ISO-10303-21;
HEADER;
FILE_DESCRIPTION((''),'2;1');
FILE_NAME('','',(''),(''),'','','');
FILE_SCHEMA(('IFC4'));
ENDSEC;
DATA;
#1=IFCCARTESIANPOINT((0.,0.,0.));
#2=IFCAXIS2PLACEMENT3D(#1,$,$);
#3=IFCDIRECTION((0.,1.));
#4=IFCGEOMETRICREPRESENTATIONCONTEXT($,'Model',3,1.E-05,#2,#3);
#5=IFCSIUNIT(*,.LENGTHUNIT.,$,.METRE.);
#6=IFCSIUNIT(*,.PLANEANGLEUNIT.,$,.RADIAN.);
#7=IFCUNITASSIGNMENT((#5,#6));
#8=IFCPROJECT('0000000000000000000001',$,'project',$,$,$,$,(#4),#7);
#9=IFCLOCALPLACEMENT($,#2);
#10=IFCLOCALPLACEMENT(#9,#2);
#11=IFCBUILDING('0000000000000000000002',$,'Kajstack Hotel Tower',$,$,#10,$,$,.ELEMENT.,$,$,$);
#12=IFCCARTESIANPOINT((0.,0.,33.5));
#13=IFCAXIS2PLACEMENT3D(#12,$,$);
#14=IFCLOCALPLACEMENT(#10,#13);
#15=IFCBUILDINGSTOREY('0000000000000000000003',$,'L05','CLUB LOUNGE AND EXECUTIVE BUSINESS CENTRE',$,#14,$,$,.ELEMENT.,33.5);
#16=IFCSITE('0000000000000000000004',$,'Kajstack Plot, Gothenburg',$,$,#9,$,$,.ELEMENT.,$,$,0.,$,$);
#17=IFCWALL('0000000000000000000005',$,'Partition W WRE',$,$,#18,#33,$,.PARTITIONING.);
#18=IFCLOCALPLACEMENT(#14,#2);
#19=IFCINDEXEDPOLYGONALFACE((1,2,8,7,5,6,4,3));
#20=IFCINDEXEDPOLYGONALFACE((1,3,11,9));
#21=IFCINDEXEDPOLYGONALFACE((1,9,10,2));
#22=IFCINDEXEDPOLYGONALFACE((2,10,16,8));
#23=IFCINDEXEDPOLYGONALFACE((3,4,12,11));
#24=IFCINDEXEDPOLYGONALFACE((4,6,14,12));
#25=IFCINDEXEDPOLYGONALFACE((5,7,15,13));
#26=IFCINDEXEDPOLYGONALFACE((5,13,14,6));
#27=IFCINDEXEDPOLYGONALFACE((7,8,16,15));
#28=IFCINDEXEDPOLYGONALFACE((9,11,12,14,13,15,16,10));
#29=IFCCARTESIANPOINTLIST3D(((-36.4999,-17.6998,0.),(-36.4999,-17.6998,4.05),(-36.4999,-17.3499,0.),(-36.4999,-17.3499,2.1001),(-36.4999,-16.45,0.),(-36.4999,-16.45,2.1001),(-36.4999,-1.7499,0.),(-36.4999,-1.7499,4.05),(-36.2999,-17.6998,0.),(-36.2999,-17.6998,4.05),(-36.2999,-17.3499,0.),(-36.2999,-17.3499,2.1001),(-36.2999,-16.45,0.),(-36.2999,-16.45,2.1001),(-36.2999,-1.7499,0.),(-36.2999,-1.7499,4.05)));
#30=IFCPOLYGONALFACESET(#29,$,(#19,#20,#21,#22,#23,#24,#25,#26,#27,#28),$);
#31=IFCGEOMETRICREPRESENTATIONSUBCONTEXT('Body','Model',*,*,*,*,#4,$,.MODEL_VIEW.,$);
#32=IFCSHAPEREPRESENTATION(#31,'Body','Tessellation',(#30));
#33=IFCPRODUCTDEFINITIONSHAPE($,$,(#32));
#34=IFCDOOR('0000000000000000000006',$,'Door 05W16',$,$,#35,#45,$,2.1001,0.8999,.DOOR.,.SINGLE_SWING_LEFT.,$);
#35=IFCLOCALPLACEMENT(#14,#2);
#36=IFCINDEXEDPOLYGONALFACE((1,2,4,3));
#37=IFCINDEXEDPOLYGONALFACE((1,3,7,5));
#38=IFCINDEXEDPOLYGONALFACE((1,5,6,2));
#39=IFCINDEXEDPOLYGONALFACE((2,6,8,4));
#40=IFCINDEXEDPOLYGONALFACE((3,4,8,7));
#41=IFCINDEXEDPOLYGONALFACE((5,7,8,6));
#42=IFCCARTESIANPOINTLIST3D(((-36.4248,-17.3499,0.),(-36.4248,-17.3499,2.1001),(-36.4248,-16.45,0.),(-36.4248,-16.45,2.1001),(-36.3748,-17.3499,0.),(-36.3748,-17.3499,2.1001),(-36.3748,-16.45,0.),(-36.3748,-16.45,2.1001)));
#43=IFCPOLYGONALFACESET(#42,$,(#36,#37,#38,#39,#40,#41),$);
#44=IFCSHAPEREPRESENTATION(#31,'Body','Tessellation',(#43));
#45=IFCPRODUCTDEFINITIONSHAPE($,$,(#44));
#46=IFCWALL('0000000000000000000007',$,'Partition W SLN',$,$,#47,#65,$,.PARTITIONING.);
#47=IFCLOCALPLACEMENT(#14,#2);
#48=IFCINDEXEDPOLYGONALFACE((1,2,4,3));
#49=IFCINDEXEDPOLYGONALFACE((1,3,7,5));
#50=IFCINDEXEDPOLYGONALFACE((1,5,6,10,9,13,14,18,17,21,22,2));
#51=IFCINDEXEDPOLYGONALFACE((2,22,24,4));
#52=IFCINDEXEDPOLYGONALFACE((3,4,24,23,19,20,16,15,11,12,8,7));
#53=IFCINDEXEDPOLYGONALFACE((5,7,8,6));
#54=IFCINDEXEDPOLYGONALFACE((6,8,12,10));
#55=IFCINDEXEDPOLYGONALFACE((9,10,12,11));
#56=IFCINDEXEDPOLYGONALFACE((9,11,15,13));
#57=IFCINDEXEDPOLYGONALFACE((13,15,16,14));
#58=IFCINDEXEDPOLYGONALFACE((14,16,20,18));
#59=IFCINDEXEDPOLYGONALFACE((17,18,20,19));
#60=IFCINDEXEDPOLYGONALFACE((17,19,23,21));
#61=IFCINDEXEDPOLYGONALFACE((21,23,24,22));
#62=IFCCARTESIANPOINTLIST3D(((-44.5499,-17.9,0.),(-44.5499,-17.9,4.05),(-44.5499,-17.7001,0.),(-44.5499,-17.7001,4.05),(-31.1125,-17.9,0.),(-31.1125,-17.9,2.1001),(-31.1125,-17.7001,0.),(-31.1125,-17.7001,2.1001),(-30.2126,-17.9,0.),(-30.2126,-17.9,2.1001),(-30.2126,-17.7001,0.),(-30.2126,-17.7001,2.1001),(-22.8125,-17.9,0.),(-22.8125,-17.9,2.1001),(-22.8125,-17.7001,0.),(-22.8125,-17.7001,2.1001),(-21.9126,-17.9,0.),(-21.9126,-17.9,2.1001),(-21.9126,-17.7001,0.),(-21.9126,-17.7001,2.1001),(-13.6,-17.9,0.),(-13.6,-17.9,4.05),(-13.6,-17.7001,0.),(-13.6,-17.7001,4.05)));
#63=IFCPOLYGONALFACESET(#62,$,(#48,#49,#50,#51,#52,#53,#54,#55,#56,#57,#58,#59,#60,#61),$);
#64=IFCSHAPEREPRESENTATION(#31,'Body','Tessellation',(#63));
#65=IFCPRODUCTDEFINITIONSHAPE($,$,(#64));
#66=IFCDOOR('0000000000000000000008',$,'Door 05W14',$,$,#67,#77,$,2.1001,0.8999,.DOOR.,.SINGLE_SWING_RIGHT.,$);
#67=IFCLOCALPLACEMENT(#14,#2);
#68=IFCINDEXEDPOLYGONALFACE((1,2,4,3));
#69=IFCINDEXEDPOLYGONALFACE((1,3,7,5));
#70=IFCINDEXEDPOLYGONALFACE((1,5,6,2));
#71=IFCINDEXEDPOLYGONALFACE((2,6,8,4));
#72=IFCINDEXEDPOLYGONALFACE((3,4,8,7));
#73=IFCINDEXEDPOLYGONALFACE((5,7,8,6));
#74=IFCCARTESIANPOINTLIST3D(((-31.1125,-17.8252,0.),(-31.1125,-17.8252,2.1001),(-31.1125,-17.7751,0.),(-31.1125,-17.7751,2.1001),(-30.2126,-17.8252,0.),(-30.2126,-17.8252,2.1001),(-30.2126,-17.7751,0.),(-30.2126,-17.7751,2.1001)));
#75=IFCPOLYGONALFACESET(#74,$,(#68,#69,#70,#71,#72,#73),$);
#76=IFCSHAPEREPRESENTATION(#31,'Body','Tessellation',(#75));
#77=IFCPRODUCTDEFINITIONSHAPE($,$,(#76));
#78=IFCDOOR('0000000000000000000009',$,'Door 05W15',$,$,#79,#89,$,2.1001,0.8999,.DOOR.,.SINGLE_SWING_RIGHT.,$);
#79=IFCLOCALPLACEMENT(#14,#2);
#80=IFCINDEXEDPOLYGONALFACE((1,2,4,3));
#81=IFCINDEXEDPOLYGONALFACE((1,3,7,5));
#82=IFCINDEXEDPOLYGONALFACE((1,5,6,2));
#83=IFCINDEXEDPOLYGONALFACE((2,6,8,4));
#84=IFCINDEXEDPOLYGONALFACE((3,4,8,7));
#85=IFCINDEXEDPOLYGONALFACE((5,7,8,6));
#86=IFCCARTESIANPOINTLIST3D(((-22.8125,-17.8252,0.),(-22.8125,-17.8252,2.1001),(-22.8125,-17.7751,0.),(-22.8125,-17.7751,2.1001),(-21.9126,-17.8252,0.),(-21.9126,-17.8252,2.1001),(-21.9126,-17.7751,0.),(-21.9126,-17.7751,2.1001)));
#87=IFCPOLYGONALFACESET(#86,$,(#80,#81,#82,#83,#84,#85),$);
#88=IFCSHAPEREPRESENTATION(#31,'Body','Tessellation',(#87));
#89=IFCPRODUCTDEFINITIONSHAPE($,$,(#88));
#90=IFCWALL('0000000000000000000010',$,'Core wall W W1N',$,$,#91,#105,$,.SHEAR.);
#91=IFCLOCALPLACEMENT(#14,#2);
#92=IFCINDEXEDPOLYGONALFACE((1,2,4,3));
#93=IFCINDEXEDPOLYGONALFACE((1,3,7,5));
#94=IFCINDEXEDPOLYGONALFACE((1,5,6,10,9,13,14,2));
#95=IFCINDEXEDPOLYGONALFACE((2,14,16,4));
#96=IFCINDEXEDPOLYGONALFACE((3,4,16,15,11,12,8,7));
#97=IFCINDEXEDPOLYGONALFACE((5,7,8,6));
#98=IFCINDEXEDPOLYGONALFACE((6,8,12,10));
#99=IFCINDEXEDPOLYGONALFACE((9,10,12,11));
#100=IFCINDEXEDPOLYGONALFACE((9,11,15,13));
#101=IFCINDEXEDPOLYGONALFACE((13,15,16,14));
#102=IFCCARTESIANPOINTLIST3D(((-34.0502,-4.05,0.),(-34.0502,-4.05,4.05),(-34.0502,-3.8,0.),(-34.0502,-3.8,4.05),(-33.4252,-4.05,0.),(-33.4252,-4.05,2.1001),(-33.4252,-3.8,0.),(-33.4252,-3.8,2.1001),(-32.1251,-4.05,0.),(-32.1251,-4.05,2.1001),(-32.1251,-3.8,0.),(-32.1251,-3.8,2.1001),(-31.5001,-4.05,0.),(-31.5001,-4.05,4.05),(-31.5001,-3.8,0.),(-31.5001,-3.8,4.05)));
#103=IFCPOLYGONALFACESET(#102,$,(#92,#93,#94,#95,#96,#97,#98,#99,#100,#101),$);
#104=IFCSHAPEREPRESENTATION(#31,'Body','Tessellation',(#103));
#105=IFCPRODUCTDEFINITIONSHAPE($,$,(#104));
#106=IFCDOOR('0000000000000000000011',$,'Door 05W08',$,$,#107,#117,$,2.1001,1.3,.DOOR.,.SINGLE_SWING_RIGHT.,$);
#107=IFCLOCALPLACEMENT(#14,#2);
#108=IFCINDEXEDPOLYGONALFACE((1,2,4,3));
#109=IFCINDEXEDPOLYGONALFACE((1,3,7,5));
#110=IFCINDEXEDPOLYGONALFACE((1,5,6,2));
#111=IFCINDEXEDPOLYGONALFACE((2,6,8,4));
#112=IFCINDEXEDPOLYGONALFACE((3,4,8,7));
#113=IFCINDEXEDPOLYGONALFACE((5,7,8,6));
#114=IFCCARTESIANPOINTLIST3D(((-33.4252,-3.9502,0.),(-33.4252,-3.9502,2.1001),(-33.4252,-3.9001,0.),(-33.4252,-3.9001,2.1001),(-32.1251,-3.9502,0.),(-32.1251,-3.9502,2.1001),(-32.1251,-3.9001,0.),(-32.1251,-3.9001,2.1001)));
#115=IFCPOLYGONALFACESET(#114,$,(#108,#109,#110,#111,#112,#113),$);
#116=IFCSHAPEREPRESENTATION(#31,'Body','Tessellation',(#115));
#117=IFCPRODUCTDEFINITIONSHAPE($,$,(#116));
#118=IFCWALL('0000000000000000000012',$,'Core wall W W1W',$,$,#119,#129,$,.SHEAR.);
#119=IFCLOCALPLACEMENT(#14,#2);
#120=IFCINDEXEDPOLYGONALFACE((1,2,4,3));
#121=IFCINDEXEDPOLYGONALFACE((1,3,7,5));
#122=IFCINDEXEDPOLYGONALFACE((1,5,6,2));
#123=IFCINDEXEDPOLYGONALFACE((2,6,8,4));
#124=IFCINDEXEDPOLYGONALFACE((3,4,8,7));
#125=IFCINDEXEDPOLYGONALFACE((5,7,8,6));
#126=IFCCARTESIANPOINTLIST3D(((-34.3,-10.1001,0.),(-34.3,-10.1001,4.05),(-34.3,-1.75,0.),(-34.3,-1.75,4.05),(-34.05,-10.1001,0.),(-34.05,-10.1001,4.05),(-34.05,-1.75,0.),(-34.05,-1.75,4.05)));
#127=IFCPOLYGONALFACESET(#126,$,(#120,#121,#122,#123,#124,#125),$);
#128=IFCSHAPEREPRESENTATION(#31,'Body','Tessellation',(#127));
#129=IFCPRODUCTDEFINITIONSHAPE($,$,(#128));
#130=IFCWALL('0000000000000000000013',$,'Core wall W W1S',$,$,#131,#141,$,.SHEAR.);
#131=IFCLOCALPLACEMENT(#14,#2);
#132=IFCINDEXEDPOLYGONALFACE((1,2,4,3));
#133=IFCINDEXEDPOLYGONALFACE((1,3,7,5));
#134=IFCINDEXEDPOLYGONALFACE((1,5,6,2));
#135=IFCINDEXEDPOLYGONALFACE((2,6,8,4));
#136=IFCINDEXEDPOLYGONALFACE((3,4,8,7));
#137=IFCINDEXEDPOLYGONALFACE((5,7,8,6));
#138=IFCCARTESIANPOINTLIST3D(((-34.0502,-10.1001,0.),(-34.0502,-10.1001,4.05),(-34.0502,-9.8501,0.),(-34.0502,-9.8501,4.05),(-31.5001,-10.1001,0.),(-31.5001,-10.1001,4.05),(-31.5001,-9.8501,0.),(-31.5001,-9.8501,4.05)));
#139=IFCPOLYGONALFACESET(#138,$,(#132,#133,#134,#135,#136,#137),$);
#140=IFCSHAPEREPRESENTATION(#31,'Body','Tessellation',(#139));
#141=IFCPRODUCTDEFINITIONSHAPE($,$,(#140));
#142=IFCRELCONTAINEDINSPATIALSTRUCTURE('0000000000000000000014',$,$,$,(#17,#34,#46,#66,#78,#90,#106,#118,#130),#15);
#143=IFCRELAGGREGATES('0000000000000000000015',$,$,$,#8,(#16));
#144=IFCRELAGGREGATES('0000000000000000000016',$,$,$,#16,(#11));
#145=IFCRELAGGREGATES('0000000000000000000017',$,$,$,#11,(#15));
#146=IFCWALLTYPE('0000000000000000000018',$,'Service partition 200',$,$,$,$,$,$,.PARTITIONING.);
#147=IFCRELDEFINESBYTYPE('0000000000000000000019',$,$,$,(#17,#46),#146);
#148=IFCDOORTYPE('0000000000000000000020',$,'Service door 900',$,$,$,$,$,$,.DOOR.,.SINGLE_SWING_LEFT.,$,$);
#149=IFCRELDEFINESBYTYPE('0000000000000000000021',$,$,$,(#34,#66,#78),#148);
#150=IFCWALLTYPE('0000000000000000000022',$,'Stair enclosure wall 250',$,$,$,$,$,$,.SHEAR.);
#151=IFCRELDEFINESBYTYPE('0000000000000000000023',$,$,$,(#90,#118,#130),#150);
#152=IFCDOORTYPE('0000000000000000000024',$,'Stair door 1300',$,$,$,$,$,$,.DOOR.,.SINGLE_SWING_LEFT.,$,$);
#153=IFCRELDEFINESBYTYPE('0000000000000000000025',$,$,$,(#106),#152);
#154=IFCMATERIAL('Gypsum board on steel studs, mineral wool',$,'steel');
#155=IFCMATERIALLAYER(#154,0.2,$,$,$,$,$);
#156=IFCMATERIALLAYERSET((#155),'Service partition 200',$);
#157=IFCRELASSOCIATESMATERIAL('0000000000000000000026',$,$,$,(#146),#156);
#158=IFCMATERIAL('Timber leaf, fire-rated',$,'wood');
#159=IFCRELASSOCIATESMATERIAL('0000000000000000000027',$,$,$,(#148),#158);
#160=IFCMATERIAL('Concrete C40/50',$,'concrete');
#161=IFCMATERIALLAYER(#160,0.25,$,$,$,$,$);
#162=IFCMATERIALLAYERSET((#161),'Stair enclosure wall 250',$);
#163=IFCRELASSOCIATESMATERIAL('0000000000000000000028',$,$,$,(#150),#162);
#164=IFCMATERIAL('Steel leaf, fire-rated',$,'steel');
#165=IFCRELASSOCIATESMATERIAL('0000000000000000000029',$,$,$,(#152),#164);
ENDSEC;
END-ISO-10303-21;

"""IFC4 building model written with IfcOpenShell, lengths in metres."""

from ifc_helpers import new_model, si_unit, direction, frame, frame_2d, origin, place, context, subcontext, project, spatial, rectangle, extrude, material, layer, layer_set, type_object, element, fill, save


model = new_model("IFC4")

# Units and contexts
model_context = context("Model", 3, precision=1e-05, world=origin(), true_north=direction((0.0, 1.0)))
body_context = subcontext(model_context, "Body", "Model", "MODEL_VIEW")
ifc_project = project(units=[si_unit("LENGTHUNIT", "METRE"), si_unit("PLANEANGLEUNIT", "RADIAN")], contexts=[model_context])

# Site, building, storey
site_placement = place(None, origin())
site = spatial("IfcSite", under=ifc_project, at=site_placement, Name="Kajstack Plot, Gothenburg", CompositionType="ELEMENT", RefElevation=0.0)
building_placement = place(site_placement, origin())
building = spatial("IfcBuilding", under=site, at=building_placement, Name="Kajstack Hotel Tower", CompositionType="ELEMENT")
storey_placement = place(building_placement, frame((0.0, 0.0, 33.5)))
storey = spatial("IfcBuildingStorey", under=building, at=storey_placement, Name="L05", Description="CLUB LOUNGE AND EXECUTIVE BUSINESS CENTRE", CompositionType="ELEMENT", Elevation=33.5)

# Shared definitions
ifc_material_1 = material(Name="Concrete C40/50", Category="concrete")
ifc_material_2 = material(Name="Gypsum board on steel studs, mineral wool", Category="steel")

# Shared definitions
ifc_layer_1 = layer(ifc_material_2, 0.2)
ifc_layer_set_1 = layer_set([ifc_layer_1], Name="Service partition 200")
wall_type_1 = type_object("IfcWallType", Name="Service partition 200", PredefinedType="PARTITIONING", material=ifc_layer_set_1)
ifc_material_3 = material(Name="Steel leaf, fire-rated", Category="steel")
ifc_material_4 = material(Name="Timber leaf, fire-rated", Category="wood")

# Wall, opening, door
wall_1_placement = place(storey_placement, frame((-36.3999, -17.7, 0.0), z_axis=(0.0, 0.0, 1.0), x_axis=(0.0, 1.0, 0.0)))
wall_1 = element("IfcWall", 1, at=wall_1_placement, inside=storey, type_object=wall_type_1, Name="Partition W WRE", PredefinedType="PARTITIONING", context=body_context, shape_type="SweptSolid", body=[
    extrude(rectangle(XDim=15.95, YDim=0.2, at=frame_2d((7.9751, 0.0))), origin(), (0.0, 0.0, 1.0), 4.05),
])
opening_1_placement = place(wall_1_placement, frame((0.3501, 0.0, 0.0)))
opening_1 = element("IfcOpeningElement", 2, at=opening_1_placement, cuts=wall_1, PredefinedType="OPENING", context=body_context, shape_type="SweptSolid", body=[
    extrude(rectangle(XDim=0.8999, YDim=2.1001, at=frame_2d((0.45, 1.05))), frame((0.0, 0.1099, 0.0), z_axis=(0.0, -1.0, 0.0), x_axis=(1.0, 0.0, 0.0)), (0.0, 0.0, 1.0), 0.22),
])
door_type_1 = type_object("IfcDoorType", Name="Service door 900", OperationType="SINGLE_SWING_LEFT", PredefinedType="DOOR", material=ifc_material_4)
door_1_placement = place(opening_1_placement, origin())
door_1 = element("IfcDoor", 3, at=door_1_placement, inside=storey, type_object=door_type_1, Name="Door 05W16", OperationType="SINGLE_SWING_LEFT", OverallHeight=2.1001, OverallWidth=0.8999, PredefinedType="DOOR", context=body_context, shape_type="SweptSolid", body=[
    extrude(rectangle(XDim=0.8999, YDim=2.1001, at=frame_2d((0.45, 1.05))), frame((0.0, 0.0249, 0.0), z_axis=(0.0, -1.0, 0.0), x_axis=(1.0, 0.0, 0.0)), (0.0, 0.0, 1.0), 0.05),
])
fill(opening_1, door_1)

# Wall, openings, doors
wall_2_placement = place(storey_placement, frame((-44.55, -17.8, 0.0), z_axis=(0.0, 0.0, 1.0), x_axis=(1.0, 0.0, 0.0)))
wall_2 = element("IfcWall", 4, at=wall_2_placement, inside=storey, type_object=wall_type_1, Name="Partition W SLN", PredefinedType="PARTITIONING", context=body_context, shape_type="SweptSolid", body=[
    extrude(rectangle(XDim=30.95, YDim=0.2, at=frame_2d((15.4751, 0.0))), origin(), (0.0, 0.0, 1.0), 4.05),
])
opening_2_placement = place(wall_2_placement, frame((13.4375, 0.0, 0.0)))
opening_2 = element("IfcOpeningElement", 5, at=opening_2_placement, cuts=wall_2, PredefinedType="OPENING", context=body_context, shape_type="SweptSolid", body=[
    extrude(rectangle(XDim=0.8999, YDim=2.1001, at=frame_2d((0.45, 1.05))), frame((0.0, 0.1099, 0.0), z_axis=(0.0, -1.0, 0.0), x_axis=(1.0, 0.0, 0.0)), (0.0, 0.0, 1.0), 0.22),
])
opening_3_placement = place(wall_2_placement, frame((21.7375, 0.0, 0.0)))
opening_3 = element("IfcOpeningElement", 6, at=opening_3_placement, cuts=wall_2, PredefinedType="OPENING", context=body_context, shape_type="SweptSolid", body=[
    extrude(rectangle(XDim=0.8999, YDim=2.1001, at=frame_2d((0.45, 1.05))), frame((0.0, 0.1099, 0.0), z_axis=(0.0, -1.0, 0.0), x_axis=(1.0, 0.0, 0.0)), (0.0, 0.0, 1.0), 0.22),
])
door_2_placement = place(opening_2_placement, origin())
door_2 = element("IfcDoor", 7, at=door_2_placement, inside=storey, type_object=door_type_1, Name="Door 05W14", OperationType="SINGLE_SWING_RIGHT", OverallHeight=2.1001, OverallWidth=0.8999, PredefinedType="DOOR", context=body_context, shape_type="SweptSolid", body=[
    extrude(rectangle(XDim=0.8999, YDim=2.1001, at=frame_2d((0.45, 1.05))), frame((0.0, 0.0249, 0.0), z_axis=(0.0, -1.0, 0.0), x_axis=(1.0, 0.0, 0.0)), (0.0, 0.0, 1.0), 0.05),
])
fill(opening_2, door_2)
door_3_placement = place(opening_3_placement, origin())
door_3 = element("IfcDoor", 8, at=door_3_placement, inside=storey, type_object=door_type_1, Name="Door 05W15", OperationType="SINGLE_SWING_RIGHT", OverallHeight=2.1001, OverallWidth=0.8999, PredefinedType="DOOR", context=body_context, shape_type="SweptSolid", body=[
    extrude(rectangle(XDim=0.8999, YDim=2.1001, at=frame_2d((0.45, 1.05))), frame((0.0, 0.0249, 0.0), z_axis=(0.0, -1.0, 0.0), x_axis=(1.0, 0.0, 0.0)), (0.0, 0.0, 1.0), 0.05),
])
fill(opening_3, door_3)

# Wall, opening, door
ifc_layer_2 = layer(ifc_material_1, 0.25)
ifc_layer_set_2 = layer_set([ifc_layer_2], Name="Stair enclosure wall 250")
wall_type_2 = type_object("IfcWallType", Name="Stair enclosure wall 250", PredefinedType="SHEAR", material=ifc_layer_set_2)
wall_3_placement = place(storey_placement, frame((-34.05, -3.925, 0.0), z_axis=(0.0, 0.0, 1.0), x_axis=(1.0, 0.0, 0.0)))
wall_3 = element("IfcWall", 9, at=wall_3_placement, inside=storey, type_object=wall_type_2, Name="Core wall W W1N", PredefinedType="SHEAR", context=body_context, shape_type="SweptSolid", body=[
    extrude(rectangle(XDim=2.55, YDim=0.25, at=frame_2d((1.2749, 0.0))), origin(), (0.0, 0.0, 1.0), 4.05),
])
opening_4_placement = place(wall_3_placement, frame((0.625, 0.0, 0.0)))
opening_4 = element("IfcOpeningElement", 10, at=opening_4_placement, cuts=wall_3, PredefinedType="OPENING", context=body_context, shape_type="SweptSolid", body=[
    extrude(rectangle(XDim=1.3, YDim=2.1001, at=frame_2d((0.6499, 1.05))), frame((0.0, 0.135, 0.0), z_axis=(0.0, -1.0, 0.0), x_axis=(1.0, 0.0, 0.0)), (0.0, 0.0, 1.0), 0.27),
])
door_type_2 = type_object("IfcDoorType", Name="Stair door 1300", OperationType="SINGLE_SWING_LEFT", PredefinedType="DOOR", material=ifc_material_3)
door_4_placement = place(opening_4_placement, origin())
door_4 = element("IfcDoor", 11, at=door_4_placement, inside=storey, type_object=door_type_2, Name="Door 05W08", OperationType="SINGLE_SWING_RIGHT", OverallHeight=2.1001, OverallWidth=1.3, PredefinedType="DOOR", context=body_context, shape_type="SweptSolid", body=[
    extrude(rectangle(XDim=1.3, YDim=2.1001, at=frame_2d((0.6499, 1.05))), frame((0.0, 0.0249, 0.0), z_axis=(0.0, -1.0, 0.0), x_axis=(1.0, 0.0, 0.0)), (0.0, 0.0, 1.0), 0.05),
])
fill(opening_4, door_4)

# Walls
wall_4_placement = place(storey_placement, frame((-34.175, -10.1001, 0.0), z_axis=(0.0, 0.0, 1.0), x_axis=(0.0, 1.0, 0.0)))
element("IfcWall", 12, at=wall_4_placement, inside=storey, type_object=wall_type_2, Name="Core wall W W1W", PredefinedType="SHEAR", context=body_context, shape_type="SweptSolid", body=[
    extrude(rectangle(XDim=8.3501, YDim=0.25, at=frame_2d((4.175, 0.0))), origin(), (0.0, 0.0, 1.0), 4.05),
])
wall_5_placement = place(storey_placement, frame((-34.05, -9.9751, 0.0), z_axis=(0.0, 0.0, 1.0), x_axis=(1.0, 0.0, 0.0)))
element("IfcWall", 13, at=wall_5_placement, inside=storey, type_object=wall_type_2, Name="Core wall W W1S", PredefinedType="SHEAR", context=body_context, shape_type="SweptSolid", body=[
    extrude(rectangle(XDim=2.55, YDim=0.25, at=frame_2d((1.2749, 0.0))), origin(), (0.0, 0.0, 1.0), 4.05),
])

save(model, "model.ifc")
